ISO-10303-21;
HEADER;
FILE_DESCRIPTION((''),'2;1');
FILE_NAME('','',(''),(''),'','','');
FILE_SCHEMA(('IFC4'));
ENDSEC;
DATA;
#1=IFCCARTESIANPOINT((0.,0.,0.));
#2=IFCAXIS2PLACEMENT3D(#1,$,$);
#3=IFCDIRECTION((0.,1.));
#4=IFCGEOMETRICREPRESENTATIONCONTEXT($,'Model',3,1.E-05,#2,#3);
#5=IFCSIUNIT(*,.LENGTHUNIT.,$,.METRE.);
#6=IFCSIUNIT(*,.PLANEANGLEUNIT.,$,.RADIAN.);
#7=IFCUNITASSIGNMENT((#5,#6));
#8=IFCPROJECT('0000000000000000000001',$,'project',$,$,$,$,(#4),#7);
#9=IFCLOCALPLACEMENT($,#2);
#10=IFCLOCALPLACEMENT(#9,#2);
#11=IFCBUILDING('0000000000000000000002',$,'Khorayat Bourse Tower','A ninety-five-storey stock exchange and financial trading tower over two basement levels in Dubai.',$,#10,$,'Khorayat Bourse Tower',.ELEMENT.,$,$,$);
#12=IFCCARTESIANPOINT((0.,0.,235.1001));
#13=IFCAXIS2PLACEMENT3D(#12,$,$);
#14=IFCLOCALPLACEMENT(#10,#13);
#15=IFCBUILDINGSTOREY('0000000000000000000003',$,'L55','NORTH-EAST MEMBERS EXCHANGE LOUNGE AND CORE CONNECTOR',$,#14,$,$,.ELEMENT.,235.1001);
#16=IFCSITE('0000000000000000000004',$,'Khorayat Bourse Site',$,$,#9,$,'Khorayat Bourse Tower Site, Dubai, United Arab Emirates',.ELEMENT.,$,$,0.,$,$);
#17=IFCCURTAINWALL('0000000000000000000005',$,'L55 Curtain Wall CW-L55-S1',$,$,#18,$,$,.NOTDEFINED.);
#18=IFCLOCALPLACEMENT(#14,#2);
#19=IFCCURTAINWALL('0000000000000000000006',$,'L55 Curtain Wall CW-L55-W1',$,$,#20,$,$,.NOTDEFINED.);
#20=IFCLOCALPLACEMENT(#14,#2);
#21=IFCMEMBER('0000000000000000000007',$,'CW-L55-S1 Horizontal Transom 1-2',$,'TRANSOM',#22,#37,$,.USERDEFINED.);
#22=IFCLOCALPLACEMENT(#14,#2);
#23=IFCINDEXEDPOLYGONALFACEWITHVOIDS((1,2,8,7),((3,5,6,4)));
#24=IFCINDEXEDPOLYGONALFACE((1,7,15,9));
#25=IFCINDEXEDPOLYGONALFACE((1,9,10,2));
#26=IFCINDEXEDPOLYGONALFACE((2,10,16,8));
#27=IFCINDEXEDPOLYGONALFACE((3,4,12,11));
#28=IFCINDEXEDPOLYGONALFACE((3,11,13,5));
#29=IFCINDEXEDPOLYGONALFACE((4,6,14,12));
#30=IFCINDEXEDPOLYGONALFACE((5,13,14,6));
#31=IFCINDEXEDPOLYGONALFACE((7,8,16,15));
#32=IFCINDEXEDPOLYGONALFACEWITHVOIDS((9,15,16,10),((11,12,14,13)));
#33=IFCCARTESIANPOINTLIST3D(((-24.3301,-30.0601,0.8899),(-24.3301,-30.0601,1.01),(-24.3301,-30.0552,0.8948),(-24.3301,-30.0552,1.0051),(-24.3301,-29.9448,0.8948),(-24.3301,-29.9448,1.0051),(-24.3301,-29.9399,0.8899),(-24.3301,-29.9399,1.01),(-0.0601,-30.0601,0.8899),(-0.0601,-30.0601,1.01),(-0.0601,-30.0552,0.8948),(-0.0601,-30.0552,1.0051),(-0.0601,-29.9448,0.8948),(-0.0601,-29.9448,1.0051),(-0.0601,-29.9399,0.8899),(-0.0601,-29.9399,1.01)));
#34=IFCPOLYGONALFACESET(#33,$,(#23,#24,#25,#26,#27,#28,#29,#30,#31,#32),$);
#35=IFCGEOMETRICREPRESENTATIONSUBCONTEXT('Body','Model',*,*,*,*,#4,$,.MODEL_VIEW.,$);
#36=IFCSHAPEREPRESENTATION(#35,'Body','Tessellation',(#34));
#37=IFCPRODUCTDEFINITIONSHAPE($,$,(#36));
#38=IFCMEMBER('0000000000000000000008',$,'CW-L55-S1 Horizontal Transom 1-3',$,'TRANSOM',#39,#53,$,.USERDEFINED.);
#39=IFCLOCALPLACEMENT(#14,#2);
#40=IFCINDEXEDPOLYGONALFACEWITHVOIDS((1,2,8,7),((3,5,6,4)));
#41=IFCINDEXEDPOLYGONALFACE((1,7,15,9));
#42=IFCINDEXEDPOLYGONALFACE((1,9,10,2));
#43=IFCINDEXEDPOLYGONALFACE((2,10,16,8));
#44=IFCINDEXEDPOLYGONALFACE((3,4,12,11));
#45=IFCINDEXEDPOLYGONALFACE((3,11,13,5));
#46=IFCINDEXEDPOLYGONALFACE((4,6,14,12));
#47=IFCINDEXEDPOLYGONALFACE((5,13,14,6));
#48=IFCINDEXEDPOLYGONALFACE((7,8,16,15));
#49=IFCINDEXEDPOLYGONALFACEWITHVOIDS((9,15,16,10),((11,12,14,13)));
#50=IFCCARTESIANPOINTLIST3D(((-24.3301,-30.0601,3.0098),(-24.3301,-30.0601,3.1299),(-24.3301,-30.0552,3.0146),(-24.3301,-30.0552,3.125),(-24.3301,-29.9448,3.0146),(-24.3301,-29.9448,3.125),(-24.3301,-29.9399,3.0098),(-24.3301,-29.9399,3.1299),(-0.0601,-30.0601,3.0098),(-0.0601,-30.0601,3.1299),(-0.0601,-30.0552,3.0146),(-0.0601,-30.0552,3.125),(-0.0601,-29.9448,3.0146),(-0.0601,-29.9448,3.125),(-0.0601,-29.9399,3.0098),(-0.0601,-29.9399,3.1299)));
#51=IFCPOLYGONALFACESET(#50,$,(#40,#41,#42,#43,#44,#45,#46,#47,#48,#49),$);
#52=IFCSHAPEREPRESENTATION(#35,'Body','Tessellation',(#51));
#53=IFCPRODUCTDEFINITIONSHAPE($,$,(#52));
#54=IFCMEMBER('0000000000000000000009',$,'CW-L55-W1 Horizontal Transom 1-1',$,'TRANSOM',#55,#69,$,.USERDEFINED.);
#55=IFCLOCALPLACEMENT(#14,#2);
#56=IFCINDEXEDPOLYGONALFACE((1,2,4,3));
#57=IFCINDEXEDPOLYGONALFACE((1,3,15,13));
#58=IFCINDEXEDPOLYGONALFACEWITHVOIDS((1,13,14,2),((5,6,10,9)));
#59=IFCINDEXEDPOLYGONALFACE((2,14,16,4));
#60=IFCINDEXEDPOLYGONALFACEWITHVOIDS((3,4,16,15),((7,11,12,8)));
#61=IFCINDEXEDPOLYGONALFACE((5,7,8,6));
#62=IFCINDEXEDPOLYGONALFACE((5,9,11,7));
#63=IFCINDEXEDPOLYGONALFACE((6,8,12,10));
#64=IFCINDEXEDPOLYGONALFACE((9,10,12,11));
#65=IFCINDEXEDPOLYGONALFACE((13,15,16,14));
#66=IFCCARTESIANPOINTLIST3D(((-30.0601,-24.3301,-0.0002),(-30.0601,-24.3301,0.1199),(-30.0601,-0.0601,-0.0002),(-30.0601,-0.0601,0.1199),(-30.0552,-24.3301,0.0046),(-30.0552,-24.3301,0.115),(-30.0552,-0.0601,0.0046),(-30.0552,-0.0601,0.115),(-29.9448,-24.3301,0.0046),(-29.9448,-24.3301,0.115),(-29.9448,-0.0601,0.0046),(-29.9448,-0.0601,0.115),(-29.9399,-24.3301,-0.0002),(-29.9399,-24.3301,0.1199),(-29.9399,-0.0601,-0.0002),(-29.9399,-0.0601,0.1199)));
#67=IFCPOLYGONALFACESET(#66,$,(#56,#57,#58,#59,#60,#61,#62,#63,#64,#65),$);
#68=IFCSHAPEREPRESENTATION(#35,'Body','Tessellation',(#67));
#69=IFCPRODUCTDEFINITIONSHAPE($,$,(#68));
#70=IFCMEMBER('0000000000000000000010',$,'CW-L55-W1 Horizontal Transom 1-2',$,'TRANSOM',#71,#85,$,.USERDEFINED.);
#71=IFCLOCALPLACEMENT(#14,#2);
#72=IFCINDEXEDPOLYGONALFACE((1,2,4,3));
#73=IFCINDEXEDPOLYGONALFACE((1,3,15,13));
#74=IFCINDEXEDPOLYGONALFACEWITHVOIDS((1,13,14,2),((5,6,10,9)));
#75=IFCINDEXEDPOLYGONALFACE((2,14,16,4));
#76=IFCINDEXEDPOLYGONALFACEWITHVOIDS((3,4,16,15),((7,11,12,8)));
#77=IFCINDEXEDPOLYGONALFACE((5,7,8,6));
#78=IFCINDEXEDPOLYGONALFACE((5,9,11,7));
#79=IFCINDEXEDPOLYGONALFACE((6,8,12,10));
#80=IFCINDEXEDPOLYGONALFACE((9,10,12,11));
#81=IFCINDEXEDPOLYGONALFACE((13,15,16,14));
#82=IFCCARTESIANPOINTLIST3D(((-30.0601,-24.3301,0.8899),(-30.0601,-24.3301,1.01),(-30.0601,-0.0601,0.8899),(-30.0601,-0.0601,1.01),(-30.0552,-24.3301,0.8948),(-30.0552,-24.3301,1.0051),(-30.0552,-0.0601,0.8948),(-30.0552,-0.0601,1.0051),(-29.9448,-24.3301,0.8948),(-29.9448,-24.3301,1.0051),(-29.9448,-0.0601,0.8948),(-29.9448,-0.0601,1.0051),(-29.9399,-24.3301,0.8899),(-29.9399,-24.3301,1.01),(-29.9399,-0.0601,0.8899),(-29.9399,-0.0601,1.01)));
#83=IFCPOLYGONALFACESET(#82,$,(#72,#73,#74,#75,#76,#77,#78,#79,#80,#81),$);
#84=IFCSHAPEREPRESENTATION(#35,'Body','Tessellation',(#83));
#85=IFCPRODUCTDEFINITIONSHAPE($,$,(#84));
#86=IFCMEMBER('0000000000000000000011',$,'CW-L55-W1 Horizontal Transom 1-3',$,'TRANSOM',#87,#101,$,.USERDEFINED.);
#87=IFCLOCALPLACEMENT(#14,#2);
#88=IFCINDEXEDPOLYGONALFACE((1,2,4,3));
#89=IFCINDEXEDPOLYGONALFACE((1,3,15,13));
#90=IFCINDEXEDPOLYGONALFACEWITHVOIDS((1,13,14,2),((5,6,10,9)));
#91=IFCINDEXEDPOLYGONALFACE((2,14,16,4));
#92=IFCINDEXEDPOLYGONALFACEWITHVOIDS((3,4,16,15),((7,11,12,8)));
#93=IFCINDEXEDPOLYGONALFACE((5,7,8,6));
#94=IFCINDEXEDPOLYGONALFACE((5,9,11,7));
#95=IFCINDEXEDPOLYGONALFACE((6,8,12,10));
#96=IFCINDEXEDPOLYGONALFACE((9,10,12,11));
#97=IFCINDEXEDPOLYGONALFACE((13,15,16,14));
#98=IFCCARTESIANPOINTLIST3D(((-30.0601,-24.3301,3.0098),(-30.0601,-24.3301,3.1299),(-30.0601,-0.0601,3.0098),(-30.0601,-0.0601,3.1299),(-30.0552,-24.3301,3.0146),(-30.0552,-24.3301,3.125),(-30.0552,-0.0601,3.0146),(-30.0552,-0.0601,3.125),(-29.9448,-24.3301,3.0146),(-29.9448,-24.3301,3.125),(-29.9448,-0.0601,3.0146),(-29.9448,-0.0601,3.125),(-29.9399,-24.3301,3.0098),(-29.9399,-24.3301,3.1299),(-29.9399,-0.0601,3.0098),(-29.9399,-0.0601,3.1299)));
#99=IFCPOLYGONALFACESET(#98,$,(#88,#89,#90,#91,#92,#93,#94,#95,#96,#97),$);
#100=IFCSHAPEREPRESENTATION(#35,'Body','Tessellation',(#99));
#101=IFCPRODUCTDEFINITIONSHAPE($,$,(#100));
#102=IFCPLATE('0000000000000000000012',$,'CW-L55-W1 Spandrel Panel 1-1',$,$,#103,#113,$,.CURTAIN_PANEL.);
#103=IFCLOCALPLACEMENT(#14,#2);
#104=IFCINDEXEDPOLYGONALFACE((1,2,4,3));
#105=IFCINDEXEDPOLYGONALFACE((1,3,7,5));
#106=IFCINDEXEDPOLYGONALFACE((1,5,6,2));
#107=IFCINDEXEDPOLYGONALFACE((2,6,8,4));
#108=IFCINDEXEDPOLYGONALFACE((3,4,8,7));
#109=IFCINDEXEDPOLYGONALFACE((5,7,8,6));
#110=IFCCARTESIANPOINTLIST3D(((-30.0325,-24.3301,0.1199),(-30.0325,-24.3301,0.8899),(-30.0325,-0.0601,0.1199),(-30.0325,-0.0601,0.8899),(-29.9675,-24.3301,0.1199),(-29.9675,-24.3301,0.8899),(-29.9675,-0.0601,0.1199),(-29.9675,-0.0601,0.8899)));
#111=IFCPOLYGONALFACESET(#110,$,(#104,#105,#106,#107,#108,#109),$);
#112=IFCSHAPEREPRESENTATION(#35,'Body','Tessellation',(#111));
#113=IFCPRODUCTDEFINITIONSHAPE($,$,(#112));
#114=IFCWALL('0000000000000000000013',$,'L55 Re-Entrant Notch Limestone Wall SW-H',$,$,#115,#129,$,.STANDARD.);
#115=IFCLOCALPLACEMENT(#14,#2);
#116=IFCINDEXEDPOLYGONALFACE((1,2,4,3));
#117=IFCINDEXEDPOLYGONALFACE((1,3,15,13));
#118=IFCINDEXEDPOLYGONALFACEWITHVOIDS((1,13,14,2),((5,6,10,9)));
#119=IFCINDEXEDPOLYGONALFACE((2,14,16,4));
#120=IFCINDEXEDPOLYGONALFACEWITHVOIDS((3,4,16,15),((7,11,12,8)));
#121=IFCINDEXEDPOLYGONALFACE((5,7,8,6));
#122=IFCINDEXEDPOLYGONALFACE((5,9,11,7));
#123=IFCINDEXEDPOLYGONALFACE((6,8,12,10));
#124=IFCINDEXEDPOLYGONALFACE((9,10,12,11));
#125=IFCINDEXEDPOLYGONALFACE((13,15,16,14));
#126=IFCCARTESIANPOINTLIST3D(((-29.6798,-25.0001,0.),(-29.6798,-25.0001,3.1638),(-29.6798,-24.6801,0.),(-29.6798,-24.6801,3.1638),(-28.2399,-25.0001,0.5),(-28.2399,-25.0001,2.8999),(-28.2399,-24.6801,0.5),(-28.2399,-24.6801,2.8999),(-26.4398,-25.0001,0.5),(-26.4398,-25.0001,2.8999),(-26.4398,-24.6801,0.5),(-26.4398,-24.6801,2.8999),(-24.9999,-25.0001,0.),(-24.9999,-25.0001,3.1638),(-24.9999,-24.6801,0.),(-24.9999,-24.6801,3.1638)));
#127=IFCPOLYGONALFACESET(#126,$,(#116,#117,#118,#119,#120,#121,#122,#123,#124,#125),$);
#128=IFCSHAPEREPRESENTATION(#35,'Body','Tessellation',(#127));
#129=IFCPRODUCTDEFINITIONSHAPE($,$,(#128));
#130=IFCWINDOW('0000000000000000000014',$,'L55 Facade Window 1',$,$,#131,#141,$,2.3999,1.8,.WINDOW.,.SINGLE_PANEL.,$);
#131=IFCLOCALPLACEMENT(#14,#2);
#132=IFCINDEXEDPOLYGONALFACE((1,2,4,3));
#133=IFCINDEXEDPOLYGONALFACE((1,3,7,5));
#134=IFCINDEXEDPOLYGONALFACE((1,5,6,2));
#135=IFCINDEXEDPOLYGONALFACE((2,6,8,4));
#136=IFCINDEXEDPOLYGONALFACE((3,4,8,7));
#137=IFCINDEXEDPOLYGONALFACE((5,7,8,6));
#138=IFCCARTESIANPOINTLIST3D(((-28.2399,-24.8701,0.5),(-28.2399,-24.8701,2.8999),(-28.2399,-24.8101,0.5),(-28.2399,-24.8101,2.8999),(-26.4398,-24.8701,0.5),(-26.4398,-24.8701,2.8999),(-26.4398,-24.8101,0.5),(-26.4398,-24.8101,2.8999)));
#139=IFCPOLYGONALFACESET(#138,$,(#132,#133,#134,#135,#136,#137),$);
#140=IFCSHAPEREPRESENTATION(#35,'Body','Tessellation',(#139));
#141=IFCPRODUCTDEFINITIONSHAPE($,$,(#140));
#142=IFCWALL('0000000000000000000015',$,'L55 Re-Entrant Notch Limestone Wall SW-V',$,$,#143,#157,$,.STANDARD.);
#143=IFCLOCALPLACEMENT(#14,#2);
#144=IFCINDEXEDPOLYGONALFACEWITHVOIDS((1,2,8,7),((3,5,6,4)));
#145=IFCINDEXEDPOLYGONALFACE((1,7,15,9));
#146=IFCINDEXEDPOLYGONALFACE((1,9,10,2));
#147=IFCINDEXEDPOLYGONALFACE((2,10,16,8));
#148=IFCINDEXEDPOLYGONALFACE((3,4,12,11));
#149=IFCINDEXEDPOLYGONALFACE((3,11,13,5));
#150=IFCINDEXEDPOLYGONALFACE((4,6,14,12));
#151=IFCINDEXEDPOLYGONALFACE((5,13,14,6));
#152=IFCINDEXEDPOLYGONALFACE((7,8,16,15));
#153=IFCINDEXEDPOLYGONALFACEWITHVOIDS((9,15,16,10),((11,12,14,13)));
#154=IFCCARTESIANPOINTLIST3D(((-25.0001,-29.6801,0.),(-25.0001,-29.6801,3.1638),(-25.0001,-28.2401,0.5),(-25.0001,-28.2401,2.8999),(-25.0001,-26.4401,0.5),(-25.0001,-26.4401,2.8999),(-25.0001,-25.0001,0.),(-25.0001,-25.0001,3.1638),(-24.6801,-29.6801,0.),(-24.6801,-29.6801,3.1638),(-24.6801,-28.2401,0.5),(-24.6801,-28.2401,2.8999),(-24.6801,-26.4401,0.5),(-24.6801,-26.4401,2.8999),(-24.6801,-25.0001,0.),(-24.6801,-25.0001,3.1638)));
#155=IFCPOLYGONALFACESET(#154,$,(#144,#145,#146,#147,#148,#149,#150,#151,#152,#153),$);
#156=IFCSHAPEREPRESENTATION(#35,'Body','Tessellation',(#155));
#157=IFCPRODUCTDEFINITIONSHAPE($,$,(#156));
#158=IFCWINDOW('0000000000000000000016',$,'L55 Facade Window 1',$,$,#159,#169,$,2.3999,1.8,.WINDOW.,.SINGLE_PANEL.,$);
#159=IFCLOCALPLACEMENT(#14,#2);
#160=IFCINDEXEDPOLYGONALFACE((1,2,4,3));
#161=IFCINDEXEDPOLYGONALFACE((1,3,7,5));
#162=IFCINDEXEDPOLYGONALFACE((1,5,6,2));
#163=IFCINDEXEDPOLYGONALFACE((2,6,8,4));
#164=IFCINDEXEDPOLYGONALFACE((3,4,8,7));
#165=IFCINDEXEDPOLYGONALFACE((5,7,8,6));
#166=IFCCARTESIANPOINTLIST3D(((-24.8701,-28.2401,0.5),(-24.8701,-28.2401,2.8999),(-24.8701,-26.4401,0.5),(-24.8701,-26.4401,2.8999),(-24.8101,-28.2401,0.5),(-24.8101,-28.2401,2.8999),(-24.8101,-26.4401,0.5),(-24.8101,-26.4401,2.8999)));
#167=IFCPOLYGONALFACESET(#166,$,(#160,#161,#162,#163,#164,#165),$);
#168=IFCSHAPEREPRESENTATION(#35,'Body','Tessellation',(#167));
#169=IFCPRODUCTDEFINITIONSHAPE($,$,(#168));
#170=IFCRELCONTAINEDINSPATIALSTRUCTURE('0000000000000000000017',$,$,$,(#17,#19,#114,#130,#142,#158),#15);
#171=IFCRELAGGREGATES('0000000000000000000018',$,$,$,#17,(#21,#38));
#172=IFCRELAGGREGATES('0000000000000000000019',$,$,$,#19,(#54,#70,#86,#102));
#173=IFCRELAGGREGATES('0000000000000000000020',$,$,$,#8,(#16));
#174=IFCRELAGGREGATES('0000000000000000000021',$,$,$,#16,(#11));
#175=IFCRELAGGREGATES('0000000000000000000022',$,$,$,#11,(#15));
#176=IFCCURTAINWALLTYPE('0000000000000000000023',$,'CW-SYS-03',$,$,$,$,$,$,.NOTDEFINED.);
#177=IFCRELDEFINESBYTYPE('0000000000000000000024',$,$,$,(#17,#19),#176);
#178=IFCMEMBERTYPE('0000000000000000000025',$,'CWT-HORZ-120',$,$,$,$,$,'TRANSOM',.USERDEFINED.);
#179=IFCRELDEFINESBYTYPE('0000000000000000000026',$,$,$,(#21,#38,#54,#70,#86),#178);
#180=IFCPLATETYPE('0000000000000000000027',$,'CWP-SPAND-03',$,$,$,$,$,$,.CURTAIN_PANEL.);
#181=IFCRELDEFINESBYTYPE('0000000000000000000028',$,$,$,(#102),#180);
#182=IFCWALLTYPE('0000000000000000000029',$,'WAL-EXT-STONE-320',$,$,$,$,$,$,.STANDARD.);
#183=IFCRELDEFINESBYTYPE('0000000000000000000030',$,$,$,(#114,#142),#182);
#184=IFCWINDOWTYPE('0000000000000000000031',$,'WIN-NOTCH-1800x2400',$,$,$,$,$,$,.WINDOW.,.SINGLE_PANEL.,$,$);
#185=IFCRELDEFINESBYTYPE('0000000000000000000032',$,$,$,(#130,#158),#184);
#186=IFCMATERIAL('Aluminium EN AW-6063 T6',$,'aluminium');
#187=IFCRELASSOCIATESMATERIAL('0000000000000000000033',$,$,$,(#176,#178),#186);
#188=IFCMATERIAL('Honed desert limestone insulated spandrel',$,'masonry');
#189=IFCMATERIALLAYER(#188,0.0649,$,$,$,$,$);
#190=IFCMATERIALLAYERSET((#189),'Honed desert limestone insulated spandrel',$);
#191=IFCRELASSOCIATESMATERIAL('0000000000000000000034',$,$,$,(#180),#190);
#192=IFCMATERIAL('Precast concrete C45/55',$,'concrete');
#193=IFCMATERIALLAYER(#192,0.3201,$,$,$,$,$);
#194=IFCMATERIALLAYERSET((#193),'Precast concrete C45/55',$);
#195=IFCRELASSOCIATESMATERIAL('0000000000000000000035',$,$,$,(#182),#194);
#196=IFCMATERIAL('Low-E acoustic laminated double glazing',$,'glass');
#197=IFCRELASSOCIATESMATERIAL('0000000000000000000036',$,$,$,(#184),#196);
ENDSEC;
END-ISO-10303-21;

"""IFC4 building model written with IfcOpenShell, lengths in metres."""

from ifc_helpers import new_model, si_unit, direction, frame, frame_2d, origin, origin_2d, place, context, subcontext, project, spatial, rectangle, hollow_rectangle, extrude, source, transform, mapped, material, layer, layer_set, material_profile, profile_set, type_object, element, fill, aggregate, save


model = new_model("IFC4")

# Units and contexts
model_context = context("Model", 3, precision=1e-05, world=origin(), true_north=direction((0.0, 1.0)))
body_context = subcontext(model_context, "Body", "Model", "MODEL_VIEW")
ifc_project = project(units=[si_unit("LENGTHUNIT", "METRE"), si_unit("PLANEANGLEUNIT", "RADIAN")], contexts=[model_context])

# Site, building, storey
site_placement = place(None, origin())
site = spatial("IfcSite", under=ifc_project, at=site_placement, Name="Khorayat Bourse Site", LongName="Khorayat Bourse Tower Site, Dubai, United Arab Emirates", CompositionType="ELEMENT", RefElevation=0.0)
building_placement = place(site_placement, origin())
building = spatial("IfcBuilding", under=site, at=building_placement, Name="Khorayat Bourse Tower", Description="A ninety-five-storey stock exchange and financial trading tower over two basement levels in Dubai.", LongName="Khorayat Bourse Tower", CompositionType="ELEMENT")
storey_placement = place(building_placement, frame((0.0, 0.0, 235.1001)))
storey = spatial("IfcBuildingStorey", under=building, at=storey_placement, Name="L55", Description="NORTH-EAST MEMBERS EXCHANGE LOUNGE AND CORE CONNECTOR", CompositionType="ELEMENT", Elevation=235.1001)

# Curtain wall
ifc_material_1 = material(Name="Aluminium EN AW-6063 T6", Category="aluminium")
curtain_wall_type = type_object("IfcCurtainWallType", Name="CW-SYS-03", PredefinedType="NOTDEFINED", material=ifc_material_1)
curtain_wall_1_placement = place(storey_placement, origin())
curtain_wall_1 = element("IfcCurtainWall", 1, at=curtain_wall_1_placement, inside=storey, type_object=curtain_wall_type, Name="L55 Curtain Wall CW-L55-S1", PredefinedType="NOTDEFINED")

# Curtain wall
curtain_wall_2_placement = place(storey_placement, origin())
curtain_wall_2 = element("IfcCurtainWall", 2, at=curtain_wall_2_placement, inside=storey, type_object=curtain_wall_type, Name="L55 Curtain Wall CW-L55-W1", PredefinedType="NOTDEFINED")

# Members
ifc_material_profile_1 = material_profile(ifc_material_1, hollow_rectangle(XDim=0.1201, YDim=0.1201, WallThickness=0.0049, at=origin_2d()), Name="ALU 120x120x5")
ifc_profile_set_1 = profile_set([ifc_material_profile_1], Name="Aluminium EN AW-6063 T6")
member_type_1 = type_object("IfcMemberType", Name="CWT-HORZ-120", ElementType="TRANSOM", PredefinedType="USERDEFINED", material=ifc_profile_set_1)
shared_shape_1 = source(origin(), body_context, "Body", "SweptSolid", [
    extrude(hollow_rectangle(XDim=0.1201, YDim=0.1201, WallThickness=0.0049, at=origin_2d()), origin(), (0.0, 0.0, 1.0), 24.27),
])
member_1_placement = place(storey_placement, frame((-24.3301, -30.0, 0.95), z_axis=(1.0, 0.0, 0.0), x_axis=(0.0, 1.0, 0.0)))
member_1 = element("IfcMember", 3, at=member_1_placement, type_object=member_type_1, Name="CW-L55-S1 Horizontal Transom 1-2", ObjectType="TRANSOM", PredefinedType="USERDEFINED", context=body_context, shape_type="MappedRepresentation", body=[
    mapped(shared_shape_1, transform((0.0, 0.0, 0.0), scale=1.0)),
])
member_2_placement = place(storey_placement, frame((-24.3301, -30.0, 3.0698), z_axis=(1.0, 0.0, 0.0), x_axis=(0.0, 1.0, 0.0)))
member_2 = element("IfcMember", 4, at=member_2_placement, type_object=member_type_1, Name="CW-L55-S1 Horizontal Transom 1-3", ObjectType="TRANSOM", PredefinedType="USERDEFINED", context=body_context, shape_type="MappedRepresentation", body=[
    mapped(shared_shape_1, transform((0.0, 0.0, 0.0), scale=1.0)),
])
aggregate(curtain_wall_1, [member_1, member_2])
member_3_placement = place(storey_placement, frame((-30.0, -24.3301, 0.0598), z_axis=(0.0, 1.0, 0.0), x_axis=(-1.0, 0.0, 0.0)))
member_3 = element("IfcMember", 5, at=member_3_placement, type_object=member_type_1, Name="CW-L55-W1 Horizontal Transom 1-1", ObjectType="TRANSOM", PredefinedType="USERDEFINED", context=body_context, shape_type="MappedRepresentation", body=[
    mapped(shared_shape_1, transform((0.0, 0.0, 0.0), scale=1.0)),
])
member_4_placement = place(storey_placement, frame((-30.0, -24.3301, 0.95), z_axis=(0.0, 1.0, 0.0), x_axis=(-1.0, 0.0, 0.0)))
member_4 = element("IfcMember", 6, at=member_4_placement, type_object=member_type_1, Name="CW-L55-W1 Horizontal Transom 1-2", ObjectType="TRANSOM", PredefinedType="USERDEFINED", context=body_context, shape_type="MappedRepresentation", body=[
    mapped(shared_shape_1, transform((0.0, 0.0, 0.0), scale=1.0)),
])
member_5_placement = place(storey_placement, frame((-30.0, -24.3301, 3.0698), z_axis=(0.0, 1.0, 0.0), x_axis=(-1.0, 0.0, 0.0)))
member_5 = element("IfcMember", 7, at=member_5_placement, type_object=member_type_1, Name="CW-L55-W1 Horizontal Transom 1-3", ObjectType="TRANSOM", PredefinedType="USERDEFINED", context=body_context, shape_type="MappedRepresentation", body=[
    mapped(shared_shape_1, transform((0.0, 0.0, 0.0), scale=1.0)),
])

# Plate
ifc_material_2 = material(Name="Honed desert limestone insulated spandrel", Category="masonry")
ifc_layer_1 = layer(ifc_material_2, 0.0649)
ifc_layer_set_1 = layer_set([ifc_layer_1], Name="Honed desert limestone insulated spandrel")
plate_type = type_object("IfcPlateType", Name="CWP-SPAND-03", PredefinedType="CURTAIN_PANEL", material=ifc_layer_set_1)
shared_shape_2 = source(origin(), body_context, "Body", "SweptSolid", [
    extrude(rectangle(XDim=24.27, YDim=0.0649, at=origin_2d()), origin(), (0.0, 0.0, 1.0), 0.77),
])
plate_placement = place(storey_placement, frame((-30.0, -12.1951, 0.1199), z_axis=(0.0, 0.0, 1.0), x_axis=(0.0, 1.0, 0.0)))
plate = element("IfcPlate", 8, at=plate_placement, type_object=plate_type, Name="CW-L55-W1 Spandrel Panel 1-1", PredefinedType="CURTAIN_PANEL", context=body_context, shape_type="MappedRepresentation", body=[
    mapped(shared_shape_2, transform((0.0, 0.0, 0.0), scale=1.0)),
])
aggregate(curtain_wall_2, [member_3, member_4, member_5, plate])

# Walls, openings, windows
ifc_material_3 = material(Name="Precast concrete C45/55", Category="concrete")
ifc_layer_2 = layer(ifc_material_3, 0.3201)
ifc_layer_set_2 = layer_set([ifc_layer_2], Name="Precast concrete C45/55")
wall_type_1 = type_object("IfcWallType", Name="WAL-EXT-STONE-320", PredefinedType="STANDARD", material=ifc_layer_set_2)
shared_shape_3 = source(origin(), body_context, "Body", "SweptSolid", [
    extrude(rectangle(XDim=4.6799, YDim=0.3201, at=frame_2d((2.3398, 0.0))), origin(), (0.0, 0.0, 1.0), 3.1638),
])
wall_1_placement = place(storey_placement, frame((-25.0, -24.8401, 0.0), z_axis=(0.0, 0.0, 1.0), x_axis=(-1.0, 0.0, 0.0)))
wall_1 = element("IfcWall", 9, at=wall_1_placement, inside=storey, type_object=wall_type_1, Name="L55 Re-Entrant Notch Limestone Wall SW-H", PredefinedType="STANDARD", context=body_context, shape_type="MappedRepresentation", body=[
    mapped(shared_shape_3, transform((0.0, 0.0, 0.0), scale=1.0)),
])
shared_shape_4 = source(origin(), body_context, "Body", "SweptSolid", [
    extrude(rectangle(XDim=1.8, YDim=2.3999, at=frame_2d((0.8999, 1.2))), frame((0.0, 0.1699, 0.0), z_axis=(0.0, -1.0, 0.0), x_axis=(1.0, 0.0, 0.0)), (0.0, 0.0, 1.0), 0.3401),
])
opening_1_placement = place(wall_1_placement, frame((1.4399, 0.0, 0.5)))
opening_1 = element("IfcOpeningElement", 10, at=opening_1_placement, cuts=wall_1, PredefinedType="OPENING", context=body_context, shape_type="MappedRepresentation", body=[
    mapped(shared_shape_4, transform((0.0, 0.0, 0.0), scale=1.0)),
])
ifc_material_4 = material(Name="Low-E acoustic laminated double glazing", Category="glass")
window_type = type_object("IfcWindowType", Name="WIN-NOTCH-1800x2400", PartitioningType="SINGLE_PANEL", PredefinedType="WINDOW", material=ifc_material_4)
shared_shape_5 = source(origin(), body_context, "Body", "SweptSolid", [
    extrude(rectangle(XDim=1.8, YDim=2.3999, at=frame_2d((0.8999, 1.2))), frame((0.0, 0.03, 0.0), z_axis=(0.0, -1.0, 0.0), x_axis=(1.0, 0.0, 0.0)), (0.0, 0.0, 1.0), 0.0601),
])
window_1_placement = place(opening_1_placement, origin())
window_1 = element("IfcWindow", 11, at=window_1_placement, inside=storey, type_object=window_type, Name="L55 Facade Window 1", OverallHeight=2.3999, OverallWidth=1.8, PartitioningType="SINGLE_PANEL", PredefinedType="WINDOW", context=body_context, shape_type="MappedRepresentation", body=[
    mapped(shared_shape_5, transform((0.0, 0.0, 0.0), scale=1.0)),
])
fill(opening_1, window_1)
wall_2_placement = place(storey_placement, frame((-24.8401, -29.6799, 0.0), z_axis=(0.0, 0.0, 1.0), x_axis=(0.0, 1.0, 0.0)))
wall_2 = element("IfcWall", 12, at=wall_2_placement, inside=storey, type_object=wall_type_1, Name="L55 Re-Entrant Notch Limestone Wall SW-V", PredefinedType="STANDARD", context=body_context, shape_type="MappedRepresentation", body=[
    mapped(shared_shape_3, transform((0.0, 0.0, 0.0), scale=1.0)),
])
opening_2_placement = place(wall_2_placement, frame((1.4399, 0.0, 0.5)))
opening_2 = element("IfcOpeningElement", 13, at=opening_2_placement, cuts=wall_2, PredefinedType="OPENING", context=body_context, shape_type="MappedRepresentation", body=[
    mapped(shared_shape_4, transform((0.0, 0.0, 0.0), scale=1.0)),
])
window_2_placement = place(opening_2_placement, origin())
window_2 = element("IfcWindow", 14, at=window_2_placement, inside=storey, type_object=window_type, Name="L55 Facade Window 1", OverallHeight=2.3999, OverallWidth=1.8, PartitioningType="SINGLE_PANEL", PredefinedType="WINDOW", context=body_context, shape_type="MappedRepresentation", body=[
    mapped(shared_shape_5, transform((0.0, 0.0, 0.0), scale=1.0)),
])
fill(opening_2, window_2)

save(model, "model.ifc")
